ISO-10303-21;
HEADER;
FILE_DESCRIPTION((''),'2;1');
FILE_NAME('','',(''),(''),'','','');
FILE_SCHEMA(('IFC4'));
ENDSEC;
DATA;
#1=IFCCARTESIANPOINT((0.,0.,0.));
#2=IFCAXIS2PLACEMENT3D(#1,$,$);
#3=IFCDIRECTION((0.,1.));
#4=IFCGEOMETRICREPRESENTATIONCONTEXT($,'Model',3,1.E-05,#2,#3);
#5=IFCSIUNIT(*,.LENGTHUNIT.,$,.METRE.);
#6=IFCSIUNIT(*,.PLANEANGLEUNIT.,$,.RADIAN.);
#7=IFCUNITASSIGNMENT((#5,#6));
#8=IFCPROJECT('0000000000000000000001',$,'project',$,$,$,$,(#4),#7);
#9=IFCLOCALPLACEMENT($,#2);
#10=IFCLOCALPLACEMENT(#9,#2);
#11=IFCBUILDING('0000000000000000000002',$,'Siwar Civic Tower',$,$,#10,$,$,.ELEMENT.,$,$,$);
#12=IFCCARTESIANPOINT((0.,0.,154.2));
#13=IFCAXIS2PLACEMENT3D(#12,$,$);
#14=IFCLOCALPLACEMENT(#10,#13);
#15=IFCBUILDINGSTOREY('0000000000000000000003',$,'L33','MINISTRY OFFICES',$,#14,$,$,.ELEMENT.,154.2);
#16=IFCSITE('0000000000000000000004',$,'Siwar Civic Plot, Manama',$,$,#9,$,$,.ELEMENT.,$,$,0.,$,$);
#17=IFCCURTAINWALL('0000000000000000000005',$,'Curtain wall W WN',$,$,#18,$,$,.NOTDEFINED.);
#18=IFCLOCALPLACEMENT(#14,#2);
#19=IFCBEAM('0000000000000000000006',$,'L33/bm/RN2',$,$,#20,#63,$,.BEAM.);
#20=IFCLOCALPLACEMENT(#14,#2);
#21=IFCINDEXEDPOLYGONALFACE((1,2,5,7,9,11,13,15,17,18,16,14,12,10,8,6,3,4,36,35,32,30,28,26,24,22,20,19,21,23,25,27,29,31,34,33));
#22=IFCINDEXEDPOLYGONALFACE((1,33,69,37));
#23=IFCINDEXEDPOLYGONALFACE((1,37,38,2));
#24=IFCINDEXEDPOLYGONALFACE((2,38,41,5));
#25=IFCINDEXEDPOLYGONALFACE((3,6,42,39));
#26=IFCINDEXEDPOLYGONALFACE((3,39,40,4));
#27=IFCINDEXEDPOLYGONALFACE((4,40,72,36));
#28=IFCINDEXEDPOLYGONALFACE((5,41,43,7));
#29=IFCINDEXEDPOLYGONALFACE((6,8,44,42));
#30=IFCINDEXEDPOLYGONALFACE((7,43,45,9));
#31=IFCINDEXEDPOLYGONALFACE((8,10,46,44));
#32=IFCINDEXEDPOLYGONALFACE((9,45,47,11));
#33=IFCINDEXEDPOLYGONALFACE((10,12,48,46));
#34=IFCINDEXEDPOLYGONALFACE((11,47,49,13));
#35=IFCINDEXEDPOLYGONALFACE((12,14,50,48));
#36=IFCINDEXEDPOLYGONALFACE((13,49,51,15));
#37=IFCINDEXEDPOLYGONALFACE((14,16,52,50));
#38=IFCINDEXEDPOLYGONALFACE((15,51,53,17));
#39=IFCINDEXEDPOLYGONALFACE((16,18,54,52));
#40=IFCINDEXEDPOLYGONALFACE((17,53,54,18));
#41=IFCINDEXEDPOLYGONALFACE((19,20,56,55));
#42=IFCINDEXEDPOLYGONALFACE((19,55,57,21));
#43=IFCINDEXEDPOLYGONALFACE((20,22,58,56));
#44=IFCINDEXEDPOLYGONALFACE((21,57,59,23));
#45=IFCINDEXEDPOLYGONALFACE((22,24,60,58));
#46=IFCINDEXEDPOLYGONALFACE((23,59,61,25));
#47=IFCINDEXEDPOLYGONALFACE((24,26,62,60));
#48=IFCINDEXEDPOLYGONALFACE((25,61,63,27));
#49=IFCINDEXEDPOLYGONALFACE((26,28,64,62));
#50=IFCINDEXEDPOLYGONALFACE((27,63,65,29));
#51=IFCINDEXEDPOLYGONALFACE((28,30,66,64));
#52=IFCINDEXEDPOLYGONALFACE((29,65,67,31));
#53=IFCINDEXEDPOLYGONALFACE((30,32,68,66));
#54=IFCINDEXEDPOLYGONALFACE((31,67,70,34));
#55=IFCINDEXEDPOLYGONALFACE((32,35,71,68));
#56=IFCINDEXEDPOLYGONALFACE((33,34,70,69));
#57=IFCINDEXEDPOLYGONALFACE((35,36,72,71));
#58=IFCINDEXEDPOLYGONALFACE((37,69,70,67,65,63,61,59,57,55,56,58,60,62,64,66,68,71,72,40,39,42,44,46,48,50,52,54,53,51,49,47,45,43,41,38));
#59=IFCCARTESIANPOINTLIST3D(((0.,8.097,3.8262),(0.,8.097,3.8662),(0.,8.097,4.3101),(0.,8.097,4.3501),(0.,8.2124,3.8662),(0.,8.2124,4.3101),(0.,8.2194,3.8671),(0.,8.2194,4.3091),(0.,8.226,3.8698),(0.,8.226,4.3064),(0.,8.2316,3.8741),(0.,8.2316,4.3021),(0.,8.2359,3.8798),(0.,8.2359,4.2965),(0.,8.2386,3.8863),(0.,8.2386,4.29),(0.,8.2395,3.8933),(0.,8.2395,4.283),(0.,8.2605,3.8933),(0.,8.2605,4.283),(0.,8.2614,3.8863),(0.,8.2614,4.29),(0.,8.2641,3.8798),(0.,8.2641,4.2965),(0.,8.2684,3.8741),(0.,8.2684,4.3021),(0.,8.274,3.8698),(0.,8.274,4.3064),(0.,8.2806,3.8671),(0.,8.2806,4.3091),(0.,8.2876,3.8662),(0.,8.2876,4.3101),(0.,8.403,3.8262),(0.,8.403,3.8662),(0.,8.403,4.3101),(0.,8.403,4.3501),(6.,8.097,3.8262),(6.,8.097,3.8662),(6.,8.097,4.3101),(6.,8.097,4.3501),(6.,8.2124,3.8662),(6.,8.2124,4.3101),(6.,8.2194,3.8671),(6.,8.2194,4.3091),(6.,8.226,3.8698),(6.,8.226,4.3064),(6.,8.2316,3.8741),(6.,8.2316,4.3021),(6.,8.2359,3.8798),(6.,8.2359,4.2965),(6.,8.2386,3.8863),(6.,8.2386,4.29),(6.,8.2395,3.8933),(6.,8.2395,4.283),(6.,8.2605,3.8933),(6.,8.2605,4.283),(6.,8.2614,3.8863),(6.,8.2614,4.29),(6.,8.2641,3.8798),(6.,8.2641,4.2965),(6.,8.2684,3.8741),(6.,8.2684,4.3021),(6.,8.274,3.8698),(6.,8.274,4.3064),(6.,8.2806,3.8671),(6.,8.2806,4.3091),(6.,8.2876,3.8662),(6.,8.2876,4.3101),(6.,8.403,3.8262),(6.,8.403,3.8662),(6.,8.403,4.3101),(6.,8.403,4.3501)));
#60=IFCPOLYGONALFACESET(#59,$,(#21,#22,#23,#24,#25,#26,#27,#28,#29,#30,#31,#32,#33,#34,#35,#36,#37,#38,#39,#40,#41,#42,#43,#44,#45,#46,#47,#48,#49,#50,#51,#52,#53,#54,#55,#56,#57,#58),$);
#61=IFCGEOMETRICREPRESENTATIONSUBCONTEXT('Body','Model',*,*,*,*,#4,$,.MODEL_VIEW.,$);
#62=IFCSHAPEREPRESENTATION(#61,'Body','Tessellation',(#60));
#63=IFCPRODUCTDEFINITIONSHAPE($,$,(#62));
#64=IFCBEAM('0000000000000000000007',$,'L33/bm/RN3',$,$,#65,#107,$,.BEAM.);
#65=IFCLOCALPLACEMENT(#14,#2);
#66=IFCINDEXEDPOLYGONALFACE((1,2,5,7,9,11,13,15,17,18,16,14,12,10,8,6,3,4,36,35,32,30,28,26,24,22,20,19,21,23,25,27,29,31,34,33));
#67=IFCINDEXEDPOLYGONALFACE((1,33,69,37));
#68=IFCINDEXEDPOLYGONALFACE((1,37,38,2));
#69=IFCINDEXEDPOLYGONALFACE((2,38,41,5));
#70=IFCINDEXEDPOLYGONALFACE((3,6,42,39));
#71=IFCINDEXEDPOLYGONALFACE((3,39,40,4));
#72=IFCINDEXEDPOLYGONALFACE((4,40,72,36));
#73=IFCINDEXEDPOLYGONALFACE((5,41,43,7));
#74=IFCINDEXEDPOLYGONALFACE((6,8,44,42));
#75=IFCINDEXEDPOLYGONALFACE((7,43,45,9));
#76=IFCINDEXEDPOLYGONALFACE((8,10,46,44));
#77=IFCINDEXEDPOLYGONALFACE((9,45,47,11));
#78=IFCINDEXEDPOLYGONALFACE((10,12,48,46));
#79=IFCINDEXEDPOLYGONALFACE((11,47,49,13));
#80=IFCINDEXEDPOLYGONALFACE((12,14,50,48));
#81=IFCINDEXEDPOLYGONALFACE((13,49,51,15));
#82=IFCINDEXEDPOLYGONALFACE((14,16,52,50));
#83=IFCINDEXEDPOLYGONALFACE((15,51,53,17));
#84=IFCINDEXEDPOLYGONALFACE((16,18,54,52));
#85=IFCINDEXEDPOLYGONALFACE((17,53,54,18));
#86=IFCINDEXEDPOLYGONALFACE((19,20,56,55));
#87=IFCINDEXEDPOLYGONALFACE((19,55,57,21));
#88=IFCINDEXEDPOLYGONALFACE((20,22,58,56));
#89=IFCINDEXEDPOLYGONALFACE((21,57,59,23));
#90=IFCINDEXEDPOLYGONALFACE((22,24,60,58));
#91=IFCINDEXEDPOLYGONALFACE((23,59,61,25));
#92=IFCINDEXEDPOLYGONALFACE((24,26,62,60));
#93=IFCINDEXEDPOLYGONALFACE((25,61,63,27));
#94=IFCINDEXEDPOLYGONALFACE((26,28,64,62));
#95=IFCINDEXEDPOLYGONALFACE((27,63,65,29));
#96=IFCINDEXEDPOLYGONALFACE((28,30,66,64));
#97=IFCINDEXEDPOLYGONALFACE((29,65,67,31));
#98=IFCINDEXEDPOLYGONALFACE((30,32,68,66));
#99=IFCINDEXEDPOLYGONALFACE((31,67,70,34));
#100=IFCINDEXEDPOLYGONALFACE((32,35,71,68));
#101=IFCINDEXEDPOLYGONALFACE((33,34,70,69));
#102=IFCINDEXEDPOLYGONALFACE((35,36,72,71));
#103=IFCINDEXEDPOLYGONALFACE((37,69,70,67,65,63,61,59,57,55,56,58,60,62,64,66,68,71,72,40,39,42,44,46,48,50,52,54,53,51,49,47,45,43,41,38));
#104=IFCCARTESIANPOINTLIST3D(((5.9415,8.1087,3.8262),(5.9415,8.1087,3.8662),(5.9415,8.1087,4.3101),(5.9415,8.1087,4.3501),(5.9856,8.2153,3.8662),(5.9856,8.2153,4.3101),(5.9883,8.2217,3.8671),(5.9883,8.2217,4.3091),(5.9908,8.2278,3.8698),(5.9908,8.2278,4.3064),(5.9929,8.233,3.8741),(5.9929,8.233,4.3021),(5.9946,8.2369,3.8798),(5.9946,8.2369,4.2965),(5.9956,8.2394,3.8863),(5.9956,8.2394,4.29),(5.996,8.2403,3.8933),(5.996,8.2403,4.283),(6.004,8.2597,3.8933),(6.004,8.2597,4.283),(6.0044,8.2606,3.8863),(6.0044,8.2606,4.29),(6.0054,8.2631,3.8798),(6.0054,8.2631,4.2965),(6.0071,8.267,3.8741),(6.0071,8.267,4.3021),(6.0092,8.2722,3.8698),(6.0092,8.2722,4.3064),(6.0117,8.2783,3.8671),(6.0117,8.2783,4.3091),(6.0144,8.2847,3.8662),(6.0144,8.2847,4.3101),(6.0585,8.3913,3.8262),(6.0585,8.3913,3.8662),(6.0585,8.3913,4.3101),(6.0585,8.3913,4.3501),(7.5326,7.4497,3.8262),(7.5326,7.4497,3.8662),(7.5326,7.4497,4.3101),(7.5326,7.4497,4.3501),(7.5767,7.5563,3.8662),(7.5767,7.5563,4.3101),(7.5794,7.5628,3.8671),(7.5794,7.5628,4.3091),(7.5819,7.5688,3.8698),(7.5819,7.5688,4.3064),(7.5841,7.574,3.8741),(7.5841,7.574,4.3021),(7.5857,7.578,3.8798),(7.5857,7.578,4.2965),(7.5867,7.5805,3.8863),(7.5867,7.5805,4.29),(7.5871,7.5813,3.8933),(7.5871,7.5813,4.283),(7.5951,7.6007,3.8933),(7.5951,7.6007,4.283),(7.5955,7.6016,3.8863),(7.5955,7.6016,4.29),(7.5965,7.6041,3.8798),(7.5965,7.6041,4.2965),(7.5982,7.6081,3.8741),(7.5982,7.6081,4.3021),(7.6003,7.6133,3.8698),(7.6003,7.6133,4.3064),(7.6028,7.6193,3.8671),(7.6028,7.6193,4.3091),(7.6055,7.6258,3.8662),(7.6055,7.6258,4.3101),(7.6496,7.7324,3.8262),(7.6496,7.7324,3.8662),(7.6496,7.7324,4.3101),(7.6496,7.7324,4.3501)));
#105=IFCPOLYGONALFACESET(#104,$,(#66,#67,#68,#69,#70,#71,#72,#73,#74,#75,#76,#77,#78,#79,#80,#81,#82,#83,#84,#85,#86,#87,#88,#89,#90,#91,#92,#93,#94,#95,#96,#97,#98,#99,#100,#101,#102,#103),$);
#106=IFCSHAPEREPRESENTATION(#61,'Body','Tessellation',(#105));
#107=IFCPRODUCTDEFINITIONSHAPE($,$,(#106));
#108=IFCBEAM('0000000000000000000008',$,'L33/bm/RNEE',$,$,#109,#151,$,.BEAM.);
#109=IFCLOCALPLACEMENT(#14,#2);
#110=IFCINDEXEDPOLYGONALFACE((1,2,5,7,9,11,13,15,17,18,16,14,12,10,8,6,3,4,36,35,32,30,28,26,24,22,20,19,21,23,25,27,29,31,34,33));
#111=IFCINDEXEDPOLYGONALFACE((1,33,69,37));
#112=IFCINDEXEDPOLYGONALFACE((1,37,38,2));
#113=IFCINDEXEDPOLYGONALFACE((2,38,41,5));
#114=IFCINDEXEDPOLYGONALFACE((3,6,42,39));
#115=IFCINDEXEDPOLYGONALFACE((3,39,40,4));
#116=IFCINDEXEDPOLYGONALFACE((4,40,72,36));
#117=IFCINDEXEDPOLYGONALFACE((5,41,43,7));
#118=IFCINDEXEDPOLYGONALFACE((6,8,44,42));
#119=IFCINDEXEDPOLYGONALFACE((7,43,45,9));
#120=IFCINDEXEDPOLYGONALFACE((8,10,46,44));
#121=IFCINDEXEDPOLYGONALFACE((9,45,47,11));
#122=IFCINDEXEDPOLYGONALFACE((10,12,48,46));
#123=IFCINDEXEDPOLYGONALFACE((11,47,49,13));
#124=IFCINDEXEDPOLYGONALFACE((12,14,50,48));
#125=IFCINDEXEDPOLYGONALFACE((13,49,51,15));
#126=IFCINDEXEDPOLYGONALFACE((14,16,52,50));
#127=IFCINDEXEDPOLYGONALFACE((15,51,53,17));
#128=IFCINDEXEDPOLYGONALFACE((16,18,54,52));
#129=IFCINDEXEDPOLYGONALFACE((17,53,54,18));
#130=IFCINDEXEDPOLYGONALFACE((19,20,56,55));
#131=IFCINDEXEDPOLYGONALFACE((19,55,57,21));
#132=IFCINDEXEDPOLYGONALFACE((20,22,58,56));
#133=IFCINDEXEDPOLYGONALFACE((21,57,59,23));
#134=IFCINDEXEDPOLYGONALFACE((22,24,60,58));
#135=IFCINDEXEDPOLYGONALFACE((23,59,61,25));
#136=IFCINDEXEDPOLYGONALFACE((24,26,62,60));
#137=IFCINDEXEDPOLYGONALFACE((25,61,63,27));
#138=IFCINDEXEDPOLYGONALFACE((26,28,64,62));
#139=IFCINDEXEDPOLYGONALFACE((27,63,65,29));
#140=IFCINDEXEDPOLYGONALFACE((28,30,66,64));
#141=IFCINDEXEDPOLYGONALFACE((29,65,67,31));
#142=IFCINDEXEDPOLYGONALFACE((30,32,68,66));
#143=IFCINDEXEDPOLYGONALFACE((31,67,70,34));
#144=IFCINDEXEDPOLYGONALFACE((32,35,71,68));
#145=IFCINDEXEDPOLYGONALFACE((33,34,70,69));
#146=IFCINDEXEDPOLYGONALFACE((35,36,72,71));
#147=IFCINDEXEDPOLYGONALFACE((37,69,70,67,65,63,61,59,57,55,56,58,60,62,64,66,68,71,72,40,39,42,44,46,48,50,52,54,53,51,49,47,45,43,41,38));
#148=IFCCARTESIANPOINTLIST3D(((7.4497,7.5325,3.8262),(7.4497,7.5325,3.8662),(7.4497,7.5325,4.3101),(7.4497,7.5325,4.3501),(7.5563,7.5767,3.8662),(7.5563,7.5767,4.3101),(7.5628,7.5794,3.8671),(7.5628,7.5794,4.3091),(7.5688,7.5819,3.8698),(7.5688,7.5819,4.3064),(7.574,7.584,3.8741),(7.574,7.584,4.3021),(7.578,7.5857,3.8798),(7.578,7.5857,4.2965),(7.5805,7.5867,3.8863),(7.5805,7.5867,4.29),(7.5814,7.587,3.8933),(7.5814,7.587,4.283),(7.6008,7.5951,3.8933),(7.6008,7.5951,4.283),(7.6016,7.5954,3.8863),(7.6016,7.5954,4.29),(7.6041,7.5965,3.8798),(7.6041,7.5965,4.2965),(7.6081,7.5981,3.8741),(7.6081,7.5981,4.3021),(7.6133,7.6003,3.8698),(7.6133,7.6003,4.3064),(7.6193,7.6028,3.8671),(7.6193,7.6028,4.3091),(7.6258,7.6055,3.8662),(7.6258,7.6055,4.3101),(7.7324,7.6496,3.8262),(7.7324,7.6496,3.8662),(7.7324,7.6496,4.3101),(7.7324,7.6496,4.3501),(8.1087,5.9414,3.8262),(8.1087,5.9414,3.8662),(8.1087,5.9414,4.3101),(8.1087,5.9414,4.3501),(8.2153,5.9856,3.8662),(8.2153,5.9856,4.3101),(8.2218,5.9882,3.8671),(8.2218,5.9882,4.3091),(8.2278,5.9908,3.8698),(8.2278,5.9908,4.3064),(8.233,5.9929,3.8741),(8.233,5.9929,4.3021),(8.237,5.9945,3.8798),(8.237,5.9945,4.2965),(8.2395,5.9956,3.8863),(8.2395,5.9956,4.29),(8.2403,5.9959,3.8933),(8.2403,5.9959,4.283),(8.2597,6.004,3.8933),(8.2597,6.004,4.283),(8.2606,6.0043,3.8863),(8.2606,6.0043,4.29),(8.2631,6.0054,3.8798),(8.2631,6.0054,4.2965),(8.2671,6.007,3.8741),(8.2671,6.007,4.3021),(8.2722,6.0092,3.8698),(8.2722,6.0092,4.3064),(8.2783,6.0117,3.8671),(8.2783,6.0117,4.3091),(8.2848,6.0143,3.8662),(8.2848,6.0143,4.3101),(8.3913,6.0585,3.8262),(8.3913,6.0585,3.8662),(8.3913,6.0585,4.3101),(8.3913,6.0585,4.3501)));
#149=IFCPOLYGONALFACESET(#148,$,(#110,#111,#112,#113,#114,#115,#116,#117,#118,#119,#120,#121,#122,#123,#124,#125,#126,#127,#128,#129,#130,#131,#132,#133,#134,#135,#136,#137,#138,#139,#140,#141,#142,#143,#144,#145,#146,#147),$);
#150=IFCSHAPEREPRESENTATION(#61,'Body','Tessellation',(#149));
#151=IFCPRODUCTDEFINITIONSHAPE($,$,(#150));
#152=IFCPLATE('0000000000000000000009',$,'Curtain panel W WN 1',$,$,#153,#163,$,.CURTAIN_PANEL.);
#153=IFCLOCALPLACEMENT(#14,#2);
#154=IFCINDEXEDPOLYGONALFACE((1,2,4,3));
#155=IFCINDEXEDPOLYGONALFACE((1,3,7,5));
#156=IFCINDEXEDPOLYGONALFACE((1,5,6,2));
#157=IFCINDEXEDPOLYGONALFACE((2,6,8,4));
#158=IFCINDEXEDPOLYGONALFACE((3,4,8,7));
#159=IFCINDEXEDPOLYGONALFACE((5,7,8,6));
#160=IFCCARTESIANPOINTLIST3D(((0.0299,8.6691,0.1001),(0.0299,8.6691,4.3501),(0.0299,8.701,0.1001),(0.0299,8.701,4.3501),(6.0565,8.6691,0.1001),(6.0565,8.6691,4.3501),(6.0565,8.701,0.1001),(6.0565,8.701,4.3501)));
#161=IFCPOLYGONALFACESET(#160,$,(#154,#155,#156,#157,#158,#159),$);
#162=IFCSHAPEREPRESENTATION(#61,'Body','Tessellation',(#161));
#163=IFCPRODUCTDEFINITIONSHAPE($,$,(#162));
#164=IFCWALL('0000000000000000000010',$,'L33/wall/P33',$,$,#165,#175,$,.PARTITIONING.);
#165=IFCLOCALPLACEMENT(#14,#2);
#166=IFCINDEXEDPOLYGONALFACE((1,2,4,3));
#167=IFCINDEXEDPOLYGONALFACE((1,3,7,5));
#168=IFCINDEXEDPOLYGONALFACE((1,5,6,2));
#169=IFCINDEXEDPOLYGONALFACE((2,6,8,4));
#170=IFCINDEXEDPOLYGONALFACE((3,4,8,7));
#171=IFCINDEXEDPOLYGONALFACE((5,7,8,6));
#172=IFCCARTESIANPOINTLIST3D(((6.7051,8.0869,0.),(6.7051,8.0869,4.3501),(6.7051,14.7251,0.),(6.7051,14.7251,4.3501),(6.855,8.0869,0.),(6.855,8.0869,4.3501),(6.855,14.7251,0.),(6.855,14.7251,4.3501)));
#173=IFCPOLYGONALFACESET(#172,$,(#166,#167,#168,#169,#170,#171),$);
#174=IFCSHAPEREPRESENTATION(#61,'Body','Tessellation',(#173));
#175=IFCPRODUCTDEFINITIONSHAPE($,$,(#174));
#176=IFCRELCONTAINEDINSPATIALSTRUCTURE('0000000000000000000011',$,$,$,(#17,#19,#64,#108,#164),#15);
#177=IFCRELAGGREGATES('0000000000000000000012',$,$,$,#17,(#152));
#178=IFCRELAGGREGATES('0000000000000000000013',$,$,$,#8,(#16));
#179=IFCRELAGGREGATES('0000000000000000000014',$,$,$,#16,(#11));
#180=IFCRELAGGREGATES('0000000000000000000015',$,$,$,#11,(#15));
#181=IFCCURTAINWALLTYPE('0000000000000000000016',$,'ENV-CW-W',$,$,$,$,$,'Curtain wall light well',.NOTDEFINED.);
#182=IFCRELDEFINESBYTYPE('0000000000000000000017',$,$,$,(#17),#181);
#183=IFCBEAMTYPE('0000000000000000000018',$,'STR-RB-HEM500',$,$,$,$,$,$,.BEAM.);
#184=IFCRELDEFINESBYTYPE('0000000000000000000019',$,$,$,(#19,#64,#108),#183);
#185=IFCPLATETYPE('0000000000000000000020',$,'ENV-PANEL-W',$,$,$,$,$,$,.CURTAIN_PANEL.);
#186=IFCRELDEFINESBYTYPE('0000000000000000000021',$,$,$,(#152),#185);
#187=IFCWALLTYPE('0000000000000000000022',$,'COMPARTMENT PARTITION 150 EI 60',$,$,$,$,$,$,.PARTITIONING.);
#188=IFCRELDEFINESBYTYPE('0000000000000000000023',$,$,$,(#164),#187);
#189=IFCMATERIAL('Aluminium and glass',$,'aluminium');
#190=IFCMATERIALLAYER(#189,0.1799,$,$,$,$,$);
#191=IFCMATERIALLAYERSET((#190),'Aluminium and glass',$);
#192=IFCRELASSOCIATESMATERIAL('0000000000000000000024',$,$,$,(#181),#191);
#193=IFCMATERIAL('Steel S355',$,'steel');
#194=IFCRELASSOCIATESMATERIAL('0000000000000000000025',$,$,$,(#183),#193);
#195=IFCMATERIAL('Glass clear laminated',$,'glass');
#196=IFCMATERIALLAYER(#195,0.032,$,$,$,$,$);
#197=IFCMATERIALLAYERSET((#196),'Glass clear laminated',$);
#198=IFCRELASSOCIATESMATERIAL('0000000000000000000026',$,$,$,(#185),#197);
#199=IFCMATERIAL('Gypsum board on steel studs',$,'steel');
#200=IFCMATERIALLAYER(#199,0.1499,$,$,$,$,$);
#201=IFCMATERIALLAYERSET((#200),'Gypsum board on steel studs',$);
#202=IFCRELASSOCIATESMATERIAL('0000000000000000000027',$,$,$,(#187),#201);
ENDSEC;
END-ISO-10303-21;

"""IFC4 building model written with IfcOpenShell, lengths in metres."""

from ifc_helpers import new_model, si_unit, direction, frame, frame_2d, origin, origin_2d, place, context, subcontext, project, spatial, rectangle, i_section, extrude, material, layer, layer_set, material_profile, profile_set, type_object, element, aggregate, save


model = new_model("IFC4")

# Units and contexts
model_context = context("Model", 3, precision=1e-05, world=origin(), true_north=direction((0.0, 1.0)))
body_context = subcontext(model_context, "Body", "Model", "MODEL_VIEW")
ifc_project = project(units=[si_unit("LENGTHUNIT", "METRE"), si_unit("PLANEANGLEUNIT", "RADIAN")], contexts=[model_context])

# Site, building, storey
site_placement = place(None, origin())
site = spatial("IfcSite", under=ifc_project, at=site_placement, Name="Siwar Civic Plot, Manama", CompositionType="ELEMENT", RefElevation=0.0)
building_placement = place(site_placement, origin())
building = spatial("IfcBuilding", under=site, at=building_placement, Name="Siwar Civic Tower", CompositionType="ELEMENT")
storey_placement = place(building_placement, frame((0.0, 0.0, 154.2)))
storey = spatial("IfcBuildingStorey", under=building, at=storey_placement, Name="L33", Description="MINISTRY OFFICES", CompositionType="ELEMENT", Elevation=154.2)

# Curtain wall
ifc_material_1 = material(Name="Aluminium and glass", Category="aluminium")
ifc_layer_1 = layer(ifc_material_1, 0.1799)
ifc_layer_set_1 = layer_set([ifc_layer_1], Name="Aluminium and glass")
curtain_wall_type = type_object("IfcCurtainWallType", Name="ENV-CW-W", ElementType="Curtain wall light well", PredefinedType="NOTDEFINED", material=ifc_layer_set_1)
curtain_wall_placement = place(storey_placement, origin())
curtain_wall = element("IfcCurtainWall", 1, at=curtain_wall_placement, inside=storey, type_object=curtain_wall_type, Name="Curtain wall W WN", PredefinedType="NOTDEFINED")

# Beams
ifc_material_2 = material(Name="Steel S355", Category="steel")
ifc_material_profile_1 = material_profile(ifc_material_2, i_section(OverallWidth=0.3059, OverallDepth=0.5239, WebThickness=0.021, FlangeThickness=0.04, FilletRadius=0.0271, at=origin_2d()), Name="HEM500")
ifc_profile_set_1 = profile_set([ifc_material_profile_1], Name="Steel S355")
beam_type_1 = type_object("IfcBeamType", Name="STR-RB-HEM500", PredefinedType="BEAM", material=ifc_profile_set_1)
beam_1_placement = place(storey_placement, frame((0.0, 8.25, 4.0881), z_axis=(1.0, 0.0, 0.0), x_axis=(0.0, 1.0, 0.0)))
element("IfcBeam", 2, at=beam_1_placement, inside=storey, type_object=beam_type_1, Name="L33/bm/RN2", PredefinedType="BEAM", context=body_context, shape_type="SweptSolid", body=[
    extrude(i_section(OverallWidth=0.3059, OverallDepth=0.5239, WebThickness=0.021, FlangeThickness=0.04, FilletRadius=0.0271, at=origin_2d()), origin(), (0.0, 0.0, 1.0), 6.0),
])
for number, where, z_axis, x_axis, name in (
    (3, (6.0, 8.25, 4.0881), (0.923901, -0.382631, 0.0), (0.382631, 0.923901, 0.0), "L33/bm/RN3"),
    (4, (7.5911, 7.5911, 4.0881), (0.382631, -0.923901, 0.0), (0.923901, 0.382631, 0.0), "L33/bm/RNEE"),
):
    element("IfcBeam", number, at=place(storey_placement, frame(where, z_axis=z_axis, x_axis=x_axis)), inside=storey, type_object=beam_type_1, Name=name, PredefinedType="BEAM", context=body_context, shape_type="SweptSolid", body=[
        extrude(i_section(OverallWidth=0.3059, OverallDepth=0.5239, WebThickness=0.021, FlangeThickness=0.04, FilletRadius=0.0271, at=origin_2d()), origin(), (0.0, 0.0, 1.0), 1.7222),
    ])

# Plate
ifc_material_3 = material(Name="Glass clear laminated", Category="glass")
ifc_layer_2 = layer(ifc_material_3, 0.032)
ifc_layer_set_2 = layer_set([ifc_layer_2], Name="Glass clear laminated")
plate_type = type_object("IfcPlateType", Name="ENV-PANEL-W", PredefinedType="CURTAIN_PANEL", material=ifc_layer_set_2)
plate_placement = place(storey_placement, frame((3.0432, 8.6851, 0.1001), z_axis=(0.0, 0.0, 1.0), x_axis=(-1.0, 0.0, 0.0)))
plate = element("IfcPlate", 5, at=plate_placement, type_object=plate_type, Name="Curtain panel W WN 1", PredefinedType="CURTAIN_PANEL", context=body_context, shape_type="SweptSolid", body=[
    extrude(rectangle(XDim=6.0266, YDim=0.032, at=origin_2d()), origin(), (0.0, 0.0, 1.0), 4.25),
])
aggregate(curtain_wall, [plate])

# Wall
ifc_material_4 = material(Name="Gypsum board on steel studs", Category="steel")
ifc_layer_3 = layer(ifc_material_4, 0.1499)
ifc_layer_set_3 = layer_set([ifc_layer_3], Name="Gypsum board on steel studs")
wall_type_1 = type_object("IfcWallType", Name="COMPARTMENT PARTITION 150 EI 60", PredefinedType="PARTITIONING", material=ifc_layer_set_3)
wall_1_placement = place(storey_placement, frame((6.78, 8.0869, 0.0), z_axis=(0.0, 0.0, 1.0), x_axis=(0.0, 1.0, 0.0)))
element("IfcWall", 6, at=wall_1_placement, inside=storey, type_object=wall_type_1, Name="L33/wall/P33", PredefinedType="PARTITIONING", context=body_context, shape_type="SweptSolid", body=[
    extrude(rectangle(XDim=6.6382, YDim=0.1499, at=frame_2d((3.3191, 0.0))), origin(), (0.0, 0.0, 1.0), 4.3501),
])

save(model, "model.ifc")
